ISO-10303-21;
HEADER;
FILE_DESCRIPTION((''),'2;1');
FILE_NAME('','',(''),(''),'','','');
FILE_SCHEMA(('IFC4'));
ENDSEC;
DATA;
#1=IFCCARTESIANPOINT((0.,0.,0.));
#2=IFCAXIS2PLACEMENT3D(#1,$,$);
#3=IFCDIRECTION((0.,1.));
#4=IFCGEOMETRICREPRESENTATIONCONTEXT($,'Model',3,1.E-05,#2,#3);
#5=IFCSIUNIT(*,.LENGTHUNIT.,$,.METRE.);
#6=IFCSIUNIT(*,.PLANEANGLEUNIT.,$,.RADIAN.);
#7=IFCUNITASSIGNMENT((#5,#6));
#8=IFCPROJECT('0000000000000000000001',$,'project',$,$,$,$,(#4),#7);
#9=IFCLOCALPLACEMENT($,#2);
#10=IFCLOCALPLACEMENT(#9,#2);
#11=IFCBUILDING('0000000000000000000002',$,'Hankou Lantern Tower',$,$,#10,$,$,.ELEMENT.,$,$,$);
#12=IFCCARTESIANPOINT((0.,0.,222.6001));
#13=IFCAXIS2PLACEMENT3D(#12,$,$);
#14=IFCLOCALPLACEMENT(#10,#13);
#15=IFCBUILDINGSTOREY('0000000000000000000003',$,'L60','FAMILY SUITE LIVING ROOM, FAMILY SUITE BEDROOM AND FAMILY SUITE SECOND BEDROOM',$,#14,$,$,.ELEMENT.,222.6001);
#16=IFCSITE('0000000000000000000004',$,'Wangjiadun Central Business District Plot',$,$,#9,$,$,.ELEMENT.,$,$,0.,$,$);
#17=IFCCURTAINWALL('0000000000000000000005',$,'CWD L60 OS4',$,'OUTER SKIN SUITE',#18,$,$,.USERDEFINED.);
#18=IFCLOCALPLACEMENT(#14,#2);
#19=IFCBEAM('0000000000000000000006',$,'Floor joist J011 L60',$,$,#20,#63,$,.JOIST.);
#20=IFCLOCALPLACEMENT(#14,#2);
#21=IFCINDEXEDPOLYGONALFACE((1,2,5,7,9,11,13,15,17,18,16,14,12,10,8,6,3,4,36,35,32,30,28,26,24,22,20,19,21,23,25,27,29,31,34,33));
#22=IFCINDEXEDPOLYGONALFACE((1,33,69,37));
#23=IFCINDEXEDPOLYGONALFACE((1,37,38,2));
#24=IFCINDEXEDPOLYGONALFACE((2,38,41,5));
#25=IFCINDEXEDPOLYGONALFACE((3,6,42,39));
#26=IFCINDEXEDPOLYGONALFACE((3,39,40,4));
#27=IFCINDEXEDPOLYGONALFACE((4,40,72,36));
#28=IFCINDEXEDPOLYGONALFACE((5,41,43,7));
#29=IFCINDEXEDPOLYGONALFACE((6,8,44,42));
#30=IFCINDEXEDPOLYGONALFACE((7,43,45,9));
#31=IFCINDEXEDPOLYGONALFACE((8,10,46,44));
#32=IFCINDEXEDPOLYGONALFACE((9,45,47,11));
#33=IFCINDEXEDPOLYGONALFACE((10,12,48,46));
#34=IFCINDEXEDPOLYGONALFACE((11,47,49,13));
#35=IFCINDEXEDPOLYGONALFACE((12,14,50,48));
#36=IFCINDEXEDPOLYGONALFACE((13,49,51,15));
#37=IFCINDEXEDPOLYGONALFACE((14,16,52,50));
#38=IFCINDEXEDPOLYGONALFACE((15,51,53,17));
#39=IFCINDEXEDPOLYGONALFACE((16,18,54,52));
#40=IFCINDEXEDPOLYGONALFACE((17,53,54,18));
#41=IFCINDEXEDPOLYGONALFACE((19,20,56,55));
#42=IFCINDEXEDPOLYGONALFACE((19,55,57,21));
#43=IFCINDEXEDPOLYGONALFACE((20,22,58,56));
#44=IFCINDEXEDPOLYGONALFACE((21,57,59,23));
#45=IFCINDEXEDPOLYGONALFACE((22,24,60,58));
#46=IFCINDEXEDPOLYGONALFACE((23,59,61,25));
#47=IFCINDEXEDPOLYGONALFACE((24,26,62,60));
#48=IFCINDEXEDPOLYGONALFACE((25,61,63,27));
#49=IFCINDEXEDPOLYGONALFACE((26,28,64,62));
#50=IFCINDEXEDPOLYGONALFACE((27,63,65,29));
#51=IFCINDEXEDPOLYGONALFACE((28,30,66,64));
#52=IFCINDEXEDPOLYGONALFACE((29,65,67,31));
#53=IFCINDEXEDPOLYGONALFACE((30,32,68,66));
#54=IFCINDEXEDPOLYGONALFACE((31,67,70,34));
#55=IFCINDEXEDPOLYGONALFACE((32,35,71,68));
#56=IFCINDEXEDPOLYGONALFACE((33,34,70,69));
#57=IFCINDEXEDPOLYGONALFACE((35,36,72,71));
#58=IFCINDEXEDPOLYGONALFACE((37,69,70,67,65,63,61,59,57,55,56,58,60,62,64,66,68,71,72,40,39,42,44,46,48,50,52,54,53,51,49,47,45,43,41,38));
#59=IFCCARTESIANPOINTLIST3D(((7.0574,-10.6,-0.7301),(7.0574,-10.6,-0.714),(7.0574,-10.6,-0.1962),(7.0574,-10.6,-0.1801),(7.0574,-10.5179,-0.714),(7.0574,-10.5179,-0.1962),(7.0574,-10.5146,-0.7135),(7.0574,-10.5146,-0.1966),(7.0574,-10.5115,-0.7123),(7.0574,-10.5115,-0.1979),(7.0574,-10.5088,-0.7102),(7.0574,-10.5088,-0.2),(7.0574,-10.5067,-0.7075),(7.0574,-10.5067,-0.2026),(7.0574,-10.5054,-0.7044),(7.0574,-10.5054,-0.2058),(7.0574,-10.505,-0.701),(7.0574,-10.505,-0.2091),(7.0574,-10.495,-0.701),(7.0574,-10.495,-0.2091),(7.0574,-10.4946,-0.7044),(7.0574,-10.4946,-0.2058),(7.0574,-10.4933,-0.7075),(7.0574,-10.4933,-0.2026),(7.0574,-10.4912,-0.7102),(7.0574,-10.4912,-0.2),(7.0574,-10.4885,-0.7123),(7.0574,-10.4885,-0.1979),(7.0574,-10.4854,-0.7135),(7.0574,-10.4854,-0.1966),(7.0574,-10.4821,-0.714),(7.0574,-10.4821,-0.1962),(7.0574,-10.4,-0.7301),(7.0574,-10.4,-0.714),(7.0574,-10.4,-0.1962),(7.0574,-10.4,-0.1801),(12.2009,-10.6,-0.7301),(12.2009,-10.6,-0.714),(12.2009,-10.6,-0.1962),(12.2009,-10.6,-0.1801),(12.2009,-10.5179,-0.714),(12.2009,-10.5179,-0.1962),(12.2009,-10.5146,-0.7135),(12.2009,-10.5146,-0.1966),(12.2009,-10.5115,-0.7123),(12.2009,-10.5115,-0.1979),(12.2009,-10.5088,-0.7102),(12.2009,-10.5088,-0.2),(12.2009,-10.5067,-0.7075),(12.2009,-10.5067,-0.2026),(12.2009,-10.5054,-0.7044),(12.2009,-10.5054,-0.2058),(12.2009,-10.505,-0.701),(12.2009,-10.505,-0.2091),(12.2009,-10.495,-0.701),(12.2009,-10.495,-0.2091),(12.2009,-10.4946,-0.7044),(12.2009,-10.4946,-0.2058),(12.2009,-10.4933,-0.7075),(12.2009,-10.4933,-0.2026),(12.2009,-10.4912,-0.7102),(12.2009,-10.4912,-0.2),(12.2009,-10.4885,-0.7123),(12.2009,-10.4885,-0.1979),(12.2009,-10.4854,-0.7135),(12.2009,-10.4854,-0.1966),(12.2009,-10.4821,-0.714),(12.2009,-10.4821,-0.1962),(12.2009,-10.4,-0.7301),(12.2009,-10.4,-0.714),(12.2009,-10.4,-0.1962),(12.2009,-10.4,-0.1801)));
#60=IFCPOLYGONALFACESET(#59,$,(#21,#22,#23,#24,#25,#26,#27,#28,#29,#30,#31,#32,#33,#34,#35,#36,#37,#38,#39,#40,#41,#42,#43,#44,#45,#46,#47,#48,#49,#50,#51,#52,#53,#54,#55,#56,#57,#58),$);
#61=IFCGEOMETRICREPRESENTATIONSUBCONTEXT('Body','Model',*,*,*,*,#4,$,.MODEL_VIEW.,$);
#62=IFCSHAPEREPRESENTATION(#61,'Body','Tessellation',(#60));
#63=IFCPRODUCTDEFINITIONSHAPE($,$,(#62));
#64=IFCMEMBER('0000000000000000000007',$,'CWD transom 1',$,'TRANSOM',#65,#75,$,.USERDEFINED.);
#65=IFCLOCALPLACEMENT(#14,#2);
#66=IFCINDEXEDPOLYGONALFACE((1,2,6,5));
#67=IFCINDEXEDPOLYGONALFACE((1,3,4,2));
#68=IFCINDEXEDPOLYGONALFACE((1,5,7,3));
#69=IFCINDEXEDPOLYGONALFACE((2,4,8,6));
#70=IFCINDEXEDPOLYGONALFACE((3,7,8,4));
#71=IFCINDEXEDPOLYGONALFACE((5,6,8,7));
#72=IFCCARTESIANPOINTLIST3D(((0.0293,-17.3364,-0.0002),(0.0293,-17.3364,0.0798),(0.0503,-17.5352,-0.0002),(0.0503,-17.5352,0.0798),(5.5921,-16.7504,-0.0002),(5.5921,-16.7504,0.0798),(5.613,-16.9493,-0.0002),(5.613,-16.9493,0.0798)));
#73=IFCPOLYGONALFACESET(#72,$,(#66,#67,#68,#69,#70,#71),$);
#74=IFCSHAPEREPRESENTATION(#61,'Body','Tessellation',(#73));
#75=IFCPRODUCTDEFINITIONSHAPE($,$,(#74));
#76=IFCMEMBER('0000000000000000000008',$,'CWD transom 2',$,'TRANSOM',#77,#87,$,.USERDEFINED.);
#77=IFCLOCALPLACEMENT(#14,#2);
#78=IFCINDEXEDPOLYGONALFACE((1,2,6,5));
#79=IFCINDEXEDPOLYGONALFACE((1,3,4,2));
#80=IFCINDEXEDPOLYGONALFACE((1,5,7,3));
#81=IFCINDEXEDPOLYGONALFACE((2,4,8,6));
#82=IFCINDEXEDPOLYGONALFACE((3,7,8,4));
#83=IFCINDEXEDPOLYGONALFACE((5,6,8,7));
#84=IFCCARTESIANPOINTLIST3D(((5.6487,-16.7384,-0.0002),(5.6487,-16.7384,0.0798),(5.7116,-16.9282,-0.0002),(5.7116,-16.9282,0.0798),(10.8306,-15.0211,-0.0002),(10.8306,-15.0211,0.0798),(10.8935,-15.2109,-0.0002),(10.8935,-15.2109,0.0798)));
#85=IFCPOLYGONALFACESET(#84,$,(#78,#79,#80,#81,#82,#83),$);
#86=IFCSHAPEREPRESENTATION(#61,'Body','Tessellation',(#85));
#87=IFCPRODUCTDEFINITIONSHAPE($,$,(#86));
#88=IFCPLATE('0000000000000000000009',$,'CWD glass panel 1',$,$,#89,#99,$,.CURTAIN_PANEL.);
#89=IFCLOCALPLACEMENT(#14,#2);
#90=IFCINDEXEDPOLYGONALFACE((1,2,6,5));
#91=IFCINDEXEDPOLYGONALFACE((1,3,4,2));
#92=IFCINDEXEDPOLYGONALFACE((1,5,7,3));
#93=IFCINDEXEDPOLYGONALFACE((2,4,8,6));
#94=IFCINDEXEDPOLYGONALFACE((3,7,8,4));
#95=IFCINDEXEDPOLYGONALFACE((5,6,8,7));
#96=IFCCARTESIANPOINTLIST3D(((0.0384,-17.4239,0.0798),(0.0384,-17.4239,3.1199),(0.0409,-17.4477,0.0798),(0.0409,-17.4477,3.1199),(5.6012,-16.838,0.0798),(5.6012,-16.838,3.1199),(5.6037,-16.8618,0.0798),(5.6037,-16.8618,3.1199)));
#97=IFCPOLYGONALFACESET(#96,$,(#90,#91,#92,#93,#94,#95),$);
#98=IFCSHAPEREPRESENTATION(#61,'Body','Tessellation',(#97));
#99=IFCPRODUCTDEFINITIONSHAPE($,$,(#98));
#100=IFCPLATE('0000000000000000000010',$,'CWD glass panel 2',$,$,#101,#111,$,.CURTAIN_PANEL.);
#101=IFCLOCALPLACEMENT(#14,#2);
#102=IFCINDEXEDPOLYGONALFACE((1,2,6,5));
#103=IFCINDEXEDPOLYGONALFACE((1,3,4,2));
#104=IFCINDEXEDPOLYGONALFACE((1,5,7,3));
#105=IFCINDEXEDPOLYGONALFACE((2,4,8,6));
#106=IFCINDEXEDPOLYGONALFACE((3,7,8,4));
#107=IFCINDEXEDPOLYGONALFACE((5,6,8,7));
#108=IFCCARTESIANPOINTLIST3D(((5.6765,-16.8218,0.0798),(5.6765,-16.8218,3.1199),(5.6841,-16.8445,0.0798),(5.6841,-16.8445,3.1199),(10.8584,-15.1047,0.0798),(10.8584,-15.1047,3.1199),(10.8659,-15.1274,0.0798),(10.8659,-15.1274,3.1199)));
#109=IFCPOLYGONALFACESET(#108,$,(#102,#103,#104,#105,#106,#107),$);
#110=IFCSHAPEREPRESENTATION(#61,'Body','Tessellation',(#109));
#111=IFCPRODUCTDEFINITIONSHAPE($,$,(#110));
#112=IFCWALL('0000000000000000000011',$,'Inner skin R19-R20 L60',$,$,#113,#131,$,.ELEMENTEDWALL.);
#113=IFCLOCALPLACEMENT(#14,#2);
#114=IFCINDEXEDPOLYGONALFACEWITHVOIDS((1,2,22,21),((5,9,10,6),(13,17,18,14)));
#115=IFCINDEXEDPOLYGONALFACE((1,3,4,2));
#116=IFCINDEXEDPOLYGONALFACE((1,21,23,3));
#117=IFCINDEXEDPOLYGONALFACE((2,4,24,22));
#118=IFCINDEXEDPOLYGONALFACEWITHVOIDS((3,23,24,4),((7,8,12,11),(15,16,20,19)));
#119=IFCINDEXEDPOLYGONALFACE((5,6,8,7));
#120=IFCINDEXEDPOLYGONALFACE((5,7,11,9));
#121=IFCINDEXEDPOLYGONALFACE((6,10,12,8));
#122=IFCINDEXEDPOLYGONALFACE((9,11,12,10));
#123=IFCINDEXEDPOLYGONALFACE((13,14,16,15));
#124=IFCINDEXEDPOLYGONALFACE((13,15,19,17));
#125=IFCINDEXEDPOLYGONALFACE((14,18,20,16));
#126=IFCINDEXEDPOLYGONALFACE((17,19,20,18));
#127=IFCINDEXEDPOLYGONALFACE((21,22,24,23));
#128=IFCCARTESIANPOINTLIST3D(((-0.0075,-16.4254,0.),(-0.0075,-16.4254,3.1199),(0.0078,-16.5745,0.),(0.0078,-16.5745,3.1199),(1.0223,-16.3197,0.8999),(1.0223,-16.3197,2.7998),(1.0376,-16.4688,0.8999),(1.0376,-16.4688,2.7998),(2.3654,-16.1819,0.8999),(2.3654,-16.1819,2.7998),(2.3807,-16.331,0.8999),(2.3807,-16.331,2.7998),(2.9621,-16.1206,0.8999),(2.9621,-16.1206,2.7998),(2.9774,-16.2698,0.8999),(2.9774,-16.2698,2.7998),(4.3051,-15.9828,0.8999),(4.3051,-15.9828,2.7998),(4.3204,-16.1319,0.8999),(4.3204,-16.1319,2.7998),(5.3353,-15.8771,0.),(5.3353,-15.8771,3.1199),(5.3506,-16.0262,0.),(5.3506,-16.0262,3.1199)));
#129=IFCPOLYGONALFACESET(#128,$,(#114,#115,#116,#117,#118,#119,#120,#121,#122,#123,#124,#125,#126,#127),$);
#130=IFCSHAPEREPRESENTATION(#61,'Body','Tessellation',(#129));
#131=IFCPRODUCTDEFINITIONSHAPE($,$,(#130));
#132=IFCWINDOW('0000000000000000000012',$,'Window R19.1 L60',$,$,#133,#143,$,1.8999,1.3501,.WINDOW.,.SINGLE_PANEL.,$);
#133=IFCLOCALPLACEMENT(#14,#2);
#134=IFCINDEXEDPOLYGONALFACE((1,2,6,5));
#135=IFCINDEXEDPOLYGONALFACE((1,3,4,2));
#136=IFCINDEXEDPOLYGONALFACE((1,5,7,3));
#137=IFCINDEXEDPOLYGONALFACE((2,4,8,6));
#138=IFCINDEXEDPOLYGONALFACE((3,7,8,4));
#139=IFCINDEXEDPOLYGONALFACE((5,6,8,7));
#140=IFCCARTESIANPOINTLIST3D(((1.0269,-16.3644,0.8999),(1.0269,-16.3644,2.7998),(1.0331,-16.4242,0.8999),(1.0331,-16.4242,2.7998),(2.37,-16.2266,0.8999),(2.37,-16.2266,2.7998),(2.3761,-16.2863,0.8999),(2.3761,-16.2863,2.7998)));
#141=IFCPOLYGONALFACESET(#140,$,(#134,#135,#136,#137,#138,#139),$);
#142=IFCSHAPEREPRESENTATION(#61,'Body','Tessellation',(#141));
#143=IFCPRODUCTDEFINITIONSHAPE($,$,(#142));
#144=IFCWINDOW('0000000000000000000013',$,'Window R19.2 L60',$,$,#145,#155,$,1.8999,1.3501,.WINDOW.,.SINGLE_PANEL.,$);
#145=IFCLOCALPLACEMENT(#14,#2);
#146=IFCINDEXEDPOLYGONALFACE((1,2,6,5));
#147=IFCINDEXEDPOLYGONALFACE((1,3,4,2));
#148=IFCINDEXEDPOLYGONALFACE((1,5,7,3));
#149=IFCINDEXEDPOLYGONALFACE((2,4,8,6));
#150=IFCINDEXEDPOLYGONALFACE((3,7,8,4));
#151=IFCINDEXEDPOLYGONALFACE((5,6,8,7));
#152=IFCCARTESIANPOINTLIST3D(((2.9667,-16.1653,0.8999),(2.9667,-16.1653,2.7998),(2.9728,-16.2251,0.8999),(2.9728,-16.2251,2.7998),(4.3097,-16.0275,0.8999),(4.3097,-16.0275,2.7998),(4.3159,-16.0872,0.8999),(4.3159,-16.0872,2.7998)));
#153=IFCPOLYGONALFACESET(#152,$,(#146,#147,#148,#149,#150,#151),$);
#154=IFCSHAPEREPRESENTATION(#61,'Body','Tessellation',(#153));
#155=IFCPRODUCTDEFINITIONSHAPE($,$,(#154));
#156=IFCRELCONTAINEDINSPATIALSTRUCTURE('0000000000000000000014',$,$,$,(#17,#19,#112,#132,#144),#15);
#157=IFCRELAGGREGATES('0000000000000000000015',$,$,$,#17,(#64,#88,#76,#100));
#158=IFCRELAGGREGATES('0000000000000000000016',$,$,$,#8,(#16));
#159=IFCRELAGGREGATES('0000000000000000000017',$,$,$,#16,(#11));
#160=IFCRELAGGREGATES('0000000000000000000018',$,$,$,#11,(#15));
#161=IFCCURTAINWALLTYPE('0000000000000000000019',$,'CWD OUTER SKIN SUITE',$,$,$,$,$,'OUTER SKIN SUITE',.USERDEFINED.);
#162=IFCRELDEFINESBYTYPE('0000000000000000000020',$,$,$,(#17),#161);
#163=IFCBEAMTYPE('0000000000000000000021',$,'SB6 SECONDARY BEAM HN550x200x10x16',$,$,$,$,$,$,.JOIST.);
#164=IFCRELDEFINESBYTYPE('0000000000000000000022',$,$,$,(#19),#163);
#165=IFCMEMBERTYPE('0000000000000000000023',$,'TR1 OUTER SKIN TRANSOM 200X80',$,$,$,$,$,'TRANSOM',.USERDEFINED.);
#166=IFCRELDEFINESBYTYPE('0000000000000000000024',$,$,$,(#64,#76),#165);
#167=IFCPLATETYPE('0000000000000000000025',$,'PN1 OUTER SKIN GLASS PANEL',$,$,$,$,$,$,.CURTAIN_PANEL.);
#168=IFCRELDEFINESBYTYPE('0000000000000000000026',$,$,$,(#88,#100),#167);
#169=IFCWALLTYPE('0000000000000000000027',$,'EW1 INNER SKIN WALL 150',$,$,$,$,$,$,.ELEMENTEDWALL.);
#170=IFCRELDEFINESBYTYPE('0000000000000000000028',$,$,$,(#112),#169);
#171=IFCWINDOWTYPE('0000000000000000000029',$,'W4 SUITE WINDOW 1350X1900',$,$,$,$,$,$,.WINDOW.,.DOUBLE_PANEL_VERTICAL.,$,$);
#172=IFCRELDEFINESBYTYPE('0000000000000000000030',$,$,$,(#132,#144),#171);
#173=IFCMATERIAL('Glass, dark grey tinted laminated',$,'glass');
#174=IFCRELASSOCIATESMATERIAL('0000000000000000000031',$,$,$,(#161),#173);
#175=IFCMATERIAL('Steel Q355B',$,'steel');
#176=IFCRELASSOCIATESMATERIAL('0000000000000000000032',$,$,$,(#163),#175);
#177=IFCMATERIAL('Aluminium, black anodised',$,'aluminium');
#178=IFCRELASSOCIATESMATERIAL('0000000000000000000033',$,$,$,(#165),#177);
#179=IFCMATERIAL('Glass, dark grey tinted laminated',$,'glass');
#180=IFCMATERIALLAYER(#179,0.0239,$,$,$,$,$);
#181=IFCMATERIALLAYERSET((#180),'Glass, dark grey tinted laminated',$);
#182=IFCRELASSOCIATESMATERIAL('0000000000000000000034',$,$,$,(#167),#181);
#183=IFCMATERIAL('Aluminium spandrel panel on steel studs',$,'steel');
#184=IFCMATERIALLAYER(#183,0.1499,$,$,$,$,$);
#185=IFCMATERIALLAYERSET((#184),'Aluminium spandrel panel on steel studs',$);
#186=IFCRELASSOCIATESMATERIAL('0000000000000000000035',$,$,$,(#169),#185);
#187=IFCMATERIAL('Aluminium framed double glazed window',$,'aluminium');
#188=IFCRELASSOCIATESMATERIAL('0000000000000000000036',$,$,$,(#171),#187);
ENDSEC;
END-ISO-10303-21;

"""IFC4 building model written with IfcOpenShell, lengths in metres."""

from ifc_helpers import new_model, si_unit, direction, frame, frame_2d, origin, origin_2d, place, context, subcontext, project, spatial, rectangle, i_section, extrude, material, layer, layer_set, material_profile, profile_set, type_object, element, fill, aggregate, save


model = new_model("IFC4")

# Units and contexts
model_context = context("Model", 3, precision=1e-05, world=origin(), true_north=direction((0.0, 1.0)))
body_context = subcontext(model_context, "Body", "Model", "MODEL_VIEW")
ifc_project = project(units=[si_unit("LENGTHUNIT", "METRE"), si_unit("PLANEANGLEUNIT", "RADIAN")], contexts=[model_context])

# Site, building, storey
site_placement = place(None, origin())
site = spatial("IfcSite", under=ifc_project, at=site_placement, Name="Wangjiadun Central Business District Plot", CompositionType="ELEMENT", RefElevation=0.0)
building_placement = place(site_placement, origin())
building = spatial("IfcBuilding", under=site, at=building_placement, Name="Hankou Lantern Tower", CompositionType="ELEMENT")
storey_placement = place(building_placement, frame((0.0, 0.0, 222.6001)))
storey = spatial("IfcBuildingStorey", under=building, at=storey_placement, Name="L60", Description="FAMILY SUITE LIVING ROOM, FAMILY SUITE BEDROOM AND FAMILY SUITE SECOND BEDROOM", CompositionType="ELEMENT", Elevation=222.6001)

# Curtain wall
ifc_material_1 = material(Name="Glass, dark grey tinted laminated", Category="glass")
curtain_wall_type = type_object("IfcCurtainWallType", Name="CWD OUTER SKIN SUITE", ElementType="OUTER SKIN SUITE", PredefinedType="USERDEFINED", material=ifc_material_1)
curtain_wall_placement = place(storey_placement, origin())
curtain_wall = element("IfcCurtainWall", 1, at=curtain_wall_placement, inside=storey, type_object=curtain_wall_type, Name="CWD L60 OS4", ObjectType="OUTER SKIN SUITE", PredefinedType="USERDEFINED")

# Beam
ifc_material_2 = material(Name="Steel Q355B", Category="steel")
ifc_material_profile_1 = material_profile(ifc_material_2, i_section(OverallWidth=0.2, OverallDepth=0.55, WebThickness=0.01, FlangeThickness=0.0161, FilletRadius=0.0129, at=origin_2d()), Name="HN550x200x10x16")
ifc_profile_set_1 = profile_set([ifc_material_profile_1], Name="Steel Q355B")
beam_type_1 = type_object("IfcBeamType", Name="SB6 SECONDARY BEAM HN550x200x10x16", PredefinedType="JOIST", material=ifc_profile_set_1)
beam_1_placement = place(storey_placement, frame((7.0574, -10.5, -0.4551), z_axis=(1.0, 0.0, 0.0), x_axis=(0.0, 1.0, 0.0)))
element("IfcBeam", 2, at=beam_1_placement, inside=storey, type_object=beam_type_1, Name="Floor joist J011 L60", PredefinedType="JOIST", context=body_context, shape_type="SweptSolid", body=[
    extrude(i_section(OverallWidth=0.2, OverallDepth=0.55, WebThickness=0.01, FlangeThickness=0.0161, FilletRadius=0.0129, at=origin_2d()), origin(), (0.0, 0.0, 1.0), 5.1436),
])

# Members
ifc_material_3 = material(Name="Aluminium, black anodised", Category="aluminium")
ifc_material_profile_2 = material_profile(ifc_material_3, rectangle(XDim=0.2, YDim=0.0801, at=origin_2d()), Name="TR1 200X80")
ifc_profile_set_2 = profile_set([ifc_material_profile_2], Name="Aluminium, black anodised")
member_type_1 = type_object("IfcMemberType", Name="TR1 OUTER SKIN TRANSOM 200X80", ElementType="TRANSOM", PredefinedType="USERDEFINED", material=ifc_profile_set_2)
member_1_placement = place(storey_placement, frame((0.0398, -17.4358, 0.0398), z_axis=(0.994498, 0.104753, 0.0), x_axis=(-0.104753, 0.994498, 0.0)))
member_1 = element("IfcMember", 3, at=member_1_placement, type_object=member_type_1, Name="CWD transom 1", ObjectType="TRANSOM", PredefinedType="USERDEFINED", context=body_context, shape_type="SweptSolid", body=[
    extrude(rectangle(XDim=0.2, YDim=0.0801, at=origin_2d()), origin(), (0.0, 0.0, 1.0), 5.5935),
])
member_2_placement = place(storey_placement, frame((5.6802, -16.8333, 0.0398), z_axis=(0.949232, 0.314577, 0.0), x_axis=(-0.314577, 0.949232, 0.0)))
member_2 = element("IfcMember", 4, at=member_2_placement, type_object=member_type_1, Name="CWD transom 2", ObjectType="TRANSOM", PredefinedType="USERDEFINED", context=body_context, shape_type="SweptSolid", body=[
    extrude(rectangle(XDim=0.2, YDim=0.0801, at=origin_2d()), origin(), (0.0, 0.0, 1.0), 5.459),
])

# Plates
ifc_material_4 = material(Name="Glass, dark grey tinted laminated", Category="glass")
ifc_layer_1 = layer(ifc_material_4, 0.0239)
ifc_layer_set_1 = layer_set([ifc_layer_1], Name="Glass, dark grey tinted laminated")
plate_type = type_object("IfcPlateType", Name="PN1 OUTER SKIN GLASS PANEL", PredefinedType="CURTAIN_PANEL", material=ifc_layer_set_1)
plate_1_placement = place(storey_placement, frame((2.821, -17.1428, 0.0798), z_axis=(0.0, 0.0, 1.0), x_axis=(0.994499, 0.104743, 0.0)))
plate_1 = element("IfcPlate", 5, at=plate_1_placement, type_object=plate_type, Name="CWD glass panel 1", PredefinedType="CURTAIN_PANEL", context=body_context, shape_type="SweptSolid", body=[
    extrude(rectangle(XDim=5.5935, YDim=0.0239, at=origin_2d()), origin(), (0.0, 0.0, 1.0), 3.04),
])
plate_2_placement = place(storey_placement, frame((8.2712, -15.9746, 0.0798), z_axis=(0.0, 0.0, 1.0), x_axis=(0.949241, 0.314551, 0.0)))
plate_2 = element("IfcPlate", 6, at=plate_2_placement, type_object=plate_type, Name="CWD glass panel 2", PredefinedType="CURTAIN_PANEL", context=body_context, shape_type="SweptSolid", body=[
    extrude(rectangle(XDim=5.459, YDim=0.0239, at=origin_2d()), origin(), (0.0, 0.0, 1.0), 3.04),
])
aggregate(curtain_wall, [member_1, plate_1, member_2, plate_2])

# Wall, openings, windows
ifc_material_5 = material(Name="Aluminium spandrel panel on steel studs", Category="steel")
ifc_layer_2 = layer(ifc_material_5, 0.1499)
ifc_layer_set_2 = layer_set([ifc_layer_2], Name="Aluminium spandrel panel on steel studs")
wall_type_1 = type_object("IfcWallType", Name="EW1 INNER SKIN WALL 150", PredefinedType="ELEMENTEDWALL", material=ifc_layer_set_2)
wall_1_placement = place(storey_placement, frame((0.0, -16.5, 0.0), z_axis=(0.0, 0.0, 1.0), x_axis=(0.994775, 0.102096, 0.0)))
wall_1 = element("IfcWall", 7, at=wall_1_placement, inside=storey, type_object=wall_type_1, Name="Inner skin R19-R20 L60", PredefinedType="ELEMENTEDWALL", context=body_context, shape_type="SweptSolid", body=[
    extrude(rectangle(XDim=5.3708, YDim=0.1499, at=frame_2d((2.6855, 0.0))), origin(), (0.0, 0.0, 1.0), 3.1199),
])
opening_1_placement = place(wall_1_placement, frame((1.0354, 0.0, 0.8999)))
opening_1 = element("IfcOpeningElement", 8, at=opening_1_placement, cuts=wall_1, PredefinedType="OPENING", context=body_context, shape_type="SweptSolid", body=[
    extrude(rectangle(XDim=1.3501, YDim=1.8999, at=frame_2d((0.675, 0.95))), frame((0.0, 0.085, 0.0), z_axis=(0.0, -1.0, 0.0), x_axis=(1.0, 0.0, 0.0)), (0.0, 0.0, 1.0), 0.1699),
])
opening_2_placement = place(wall_1_placement, frame((2.9854, 0.0, 0.8999)))
opening_2 = element("IfcOpeningElement", 9, at=opening_2_placement, cuts=wall_1, PredefinedType="OPENING", context=body_context, shape_type="SweptSolid", body=[
    extrude(rectangle(XDim=1.3501, YDim=1.8999, at=frame_2d((0.675, 0.95))), frame((0.0, 0.085, 0.0), z_axis=(0.0, -1.0, 0.0), x_axis=(1.0, 0.0, 0.0)), (0.0, 0.0, 1.0), 0.1699),
])
ifc_material_6 = material(Name="Aluminium framed double glazed window", Category="aluminium")
window_type = type_object("IfcWindowType", Name="W4 SUITE WINDOW 1350X1900", PartitioningType="DOUBLE_PANEL_VERTICAL", PredefinedType="WINDOW", material=ifc_material_6)
window_1_placement = place(opening_1_placement, origin())
window_1 = element("IfcWindow", 10, at=window_1_placement, inside=storey, type_object=window_type, Name="Window R19.1 L60", OverallHeight=1.8999, OverallWidth=1.3501, PartitioningType="SINGLE_PANEL", PredefinedType="WINDOW", context=body_context, shape_type="SweptSolid", body=[
    extrude(rectangle(XDim=1.3501, YDim=1.8999, at=frame_2d((0.675, 0.95))), frame((0.0, 0.03, 0.0), z_axis=(0.0, -1.0, 0.0), x_axis=(1.0, 0.0, 0.0)), (0.0, 0.0, 1.0), 0.0601),
])
fill(opening_1, window_1)
window_2_placement = place(opening_2_placement, origin())
window_2 = element("IfcWindow", 11, at=window_2_placement, inside=storey, type_object=window_type, Name="Window R19.2 L60", OverallHeight=1.8999, OverallWidth=1.3501, PartitioningType="SINGLE_PANEL", PredefinedType="WINDOW", context=body_context, shape_type="SweptSolid", body=[
    extrude(rectangle(XDim=1.3501, YDim=1.8999, at=frame_2d((0.675, 0.95))), frame((0.0, 0.03, 0.0), z_axis=(0.0, -1.0, 0.0), x_axis=(1.0, 0.0, 0.0)), (0.0, 0.0, 1.0), 0.0601),
])
fill(opening_2, window_2)

save(model, "model.ifc")
